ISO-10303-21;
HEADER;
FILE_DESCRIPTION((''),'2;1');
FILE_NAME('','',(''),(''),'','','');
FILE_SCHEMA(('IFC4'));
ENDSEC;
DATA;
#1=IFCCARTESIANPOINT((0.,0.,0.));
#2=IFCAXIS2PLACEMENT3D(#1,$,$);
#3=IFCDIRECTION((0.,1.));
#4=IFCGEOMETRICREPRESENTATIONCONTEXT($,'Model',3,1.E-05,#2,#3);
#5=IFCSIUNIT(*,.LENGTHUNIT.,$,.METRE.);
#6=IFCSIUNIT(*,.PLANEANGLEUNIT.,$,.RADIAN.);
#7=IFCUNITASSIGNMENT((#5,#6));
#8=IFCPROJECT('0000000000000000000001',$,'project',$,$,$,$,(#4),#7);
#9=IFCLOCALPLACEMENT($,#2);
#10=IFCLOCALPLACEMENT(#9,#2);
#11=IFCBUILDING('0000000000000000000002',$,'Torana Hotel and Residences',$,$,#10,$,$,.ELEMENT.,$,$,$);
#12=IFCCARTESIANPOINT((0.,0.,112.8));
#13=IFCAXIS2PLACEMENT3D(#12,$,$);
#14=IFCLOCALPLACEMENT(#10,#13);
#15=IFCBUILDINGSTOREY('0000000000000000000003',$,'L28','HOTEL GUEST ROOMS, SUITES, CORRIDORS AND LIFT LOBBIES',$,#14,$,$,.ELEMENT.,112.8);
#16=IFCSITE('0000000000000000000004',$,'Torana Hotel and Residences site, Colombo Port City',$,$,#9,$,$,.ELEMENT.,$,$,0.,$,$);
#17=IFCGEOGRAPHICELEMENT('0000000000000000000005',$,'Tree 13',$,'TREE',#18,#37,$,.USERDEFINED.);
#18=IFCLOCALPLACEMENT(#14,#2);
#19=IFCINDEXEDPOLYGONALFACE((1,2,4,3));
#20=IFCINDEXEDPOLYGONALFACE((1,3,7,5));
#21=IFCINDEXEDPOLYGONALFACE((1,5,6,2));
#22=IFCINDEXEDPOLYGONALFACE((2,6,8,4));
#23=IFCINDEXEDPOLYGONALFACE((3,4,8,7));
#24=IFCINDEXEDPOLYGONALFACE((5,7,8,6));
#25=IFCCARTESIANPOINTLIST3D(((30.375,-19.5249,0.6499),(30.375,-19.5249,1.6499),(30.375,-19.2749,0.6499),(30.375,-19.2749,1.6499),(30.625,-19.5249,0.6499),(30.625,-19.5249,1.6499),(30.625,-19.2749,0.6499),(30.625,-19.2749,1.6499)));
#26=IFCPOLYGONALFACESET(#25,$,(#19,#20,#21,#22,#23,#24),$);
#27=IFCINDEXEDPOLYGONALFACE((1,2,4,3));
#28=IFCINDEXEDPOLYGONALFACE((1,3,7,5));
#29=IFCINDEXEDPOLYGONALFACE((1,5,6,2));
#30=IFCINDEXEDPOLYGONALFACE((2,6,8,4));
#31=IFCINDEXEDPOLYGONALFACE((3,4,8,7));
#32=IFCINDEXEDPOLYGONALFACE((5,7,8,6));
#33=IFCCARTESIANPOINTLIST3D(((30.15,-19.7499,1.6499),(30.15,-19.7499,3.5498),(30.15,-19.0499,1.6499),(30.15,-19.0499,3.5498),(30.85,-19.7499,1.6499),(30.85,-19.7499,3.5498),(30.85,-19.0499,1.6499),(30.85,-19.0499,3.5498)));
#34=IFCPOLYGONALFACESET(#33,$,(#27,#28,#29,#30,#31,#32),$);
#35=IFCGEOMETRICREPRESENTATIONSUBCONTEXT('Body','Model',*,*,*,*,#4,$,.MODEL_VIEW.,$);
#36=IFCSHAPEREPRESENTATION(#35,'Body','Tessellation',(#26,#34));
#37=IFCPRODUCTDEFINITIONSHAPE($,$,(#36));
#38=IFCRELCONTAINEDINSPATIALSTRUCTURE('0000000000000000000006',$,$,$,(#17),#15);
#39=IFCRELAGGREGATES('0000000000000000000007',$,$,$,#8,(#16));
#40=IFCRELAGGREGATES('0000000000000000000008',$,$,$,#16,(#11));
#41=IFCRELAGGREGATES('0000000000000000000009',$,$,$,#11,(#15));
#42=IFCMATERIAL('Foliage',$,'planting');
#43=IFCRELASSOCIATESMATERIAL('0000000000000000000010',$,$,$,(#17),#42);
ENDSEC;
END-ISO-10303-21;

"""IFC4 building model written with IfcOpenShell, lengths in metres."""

from ifc_helpers import new_model, si_unit, direction, frame, origin, origin_2d, place, context, subcontext, project, spatial, rectangle, extrude, material, element, save


model = new_model("IFC4")

# Units and contexts
model_context = context("Model", 3, precision=1e-05, world=origin(), true_north=direction((0.0, 1.0)))
body_context = subcontext(model_context, "Body", "Model", "MODEL_VIEW")
ifc_project = project(units=[si_unit("LENGTHUNIT", "METRE"), si_unit("PLANEANGLEUNIT", "RADIAN")], contexts=[model_context])

# Site, building, storey
site_placement = place(None, origin())
site = spatial("IfcSite", under=ifc_project, at=site_placement, Name="Torana Hotel and Residences site, Colombo Port City", CompositionType="ELEMENT", RefElevation=0.0)
building_placement = place(site_placement, origin())
building = spatial("IfcBuilding", under=site, at=building_placement, Name="Torana Hotel and Residences", CompositionType="ELEMENT")
storey_placement = place(building_placement, frame((0.0, 0.0, 112.8)))
storey = spatial("IfcBuildingStorey", under=building, at=storey_placement, Name="L28", Description="HOTEL GUEST ROOMS, SUITES, CORRIDORS AND LIFT LOBBIES", CompositionType="ELEMENT", Elevation=112.8)

# Geographic element
ifc_material_1 = material(Name="Foliage", Category="planting")
geographic_element_placement = place(storey_placement, frame((30.5, -19.3999, 0.6499), z_axis=(0.0, 0.0, 1.0), x_axis=(1.0, 0.0, 0.0)))
element("IfcGeographicElement", 1, at=geographic_element_placement, inside=storey, material=ifc_material_1, Name="Tree 13", ObjectType="TREE", PredefinedType="USERDEFINED", context=body_context, shape_type="SweptSolid", body=[
    extrude(rectangle(XDim=0.25, YDim=0.25, at=origin_2d()), origin(), (0.0, 0.0, 1.0), 1.0),
    extrude(rectangle(XDim=0.7, YDim=0.7, at=origin_2d()), frame((0.0, 0.0, 1.0)), (0.0, 0.0, 1.0), 1.8999),
])

save(model, "model.ifc")
